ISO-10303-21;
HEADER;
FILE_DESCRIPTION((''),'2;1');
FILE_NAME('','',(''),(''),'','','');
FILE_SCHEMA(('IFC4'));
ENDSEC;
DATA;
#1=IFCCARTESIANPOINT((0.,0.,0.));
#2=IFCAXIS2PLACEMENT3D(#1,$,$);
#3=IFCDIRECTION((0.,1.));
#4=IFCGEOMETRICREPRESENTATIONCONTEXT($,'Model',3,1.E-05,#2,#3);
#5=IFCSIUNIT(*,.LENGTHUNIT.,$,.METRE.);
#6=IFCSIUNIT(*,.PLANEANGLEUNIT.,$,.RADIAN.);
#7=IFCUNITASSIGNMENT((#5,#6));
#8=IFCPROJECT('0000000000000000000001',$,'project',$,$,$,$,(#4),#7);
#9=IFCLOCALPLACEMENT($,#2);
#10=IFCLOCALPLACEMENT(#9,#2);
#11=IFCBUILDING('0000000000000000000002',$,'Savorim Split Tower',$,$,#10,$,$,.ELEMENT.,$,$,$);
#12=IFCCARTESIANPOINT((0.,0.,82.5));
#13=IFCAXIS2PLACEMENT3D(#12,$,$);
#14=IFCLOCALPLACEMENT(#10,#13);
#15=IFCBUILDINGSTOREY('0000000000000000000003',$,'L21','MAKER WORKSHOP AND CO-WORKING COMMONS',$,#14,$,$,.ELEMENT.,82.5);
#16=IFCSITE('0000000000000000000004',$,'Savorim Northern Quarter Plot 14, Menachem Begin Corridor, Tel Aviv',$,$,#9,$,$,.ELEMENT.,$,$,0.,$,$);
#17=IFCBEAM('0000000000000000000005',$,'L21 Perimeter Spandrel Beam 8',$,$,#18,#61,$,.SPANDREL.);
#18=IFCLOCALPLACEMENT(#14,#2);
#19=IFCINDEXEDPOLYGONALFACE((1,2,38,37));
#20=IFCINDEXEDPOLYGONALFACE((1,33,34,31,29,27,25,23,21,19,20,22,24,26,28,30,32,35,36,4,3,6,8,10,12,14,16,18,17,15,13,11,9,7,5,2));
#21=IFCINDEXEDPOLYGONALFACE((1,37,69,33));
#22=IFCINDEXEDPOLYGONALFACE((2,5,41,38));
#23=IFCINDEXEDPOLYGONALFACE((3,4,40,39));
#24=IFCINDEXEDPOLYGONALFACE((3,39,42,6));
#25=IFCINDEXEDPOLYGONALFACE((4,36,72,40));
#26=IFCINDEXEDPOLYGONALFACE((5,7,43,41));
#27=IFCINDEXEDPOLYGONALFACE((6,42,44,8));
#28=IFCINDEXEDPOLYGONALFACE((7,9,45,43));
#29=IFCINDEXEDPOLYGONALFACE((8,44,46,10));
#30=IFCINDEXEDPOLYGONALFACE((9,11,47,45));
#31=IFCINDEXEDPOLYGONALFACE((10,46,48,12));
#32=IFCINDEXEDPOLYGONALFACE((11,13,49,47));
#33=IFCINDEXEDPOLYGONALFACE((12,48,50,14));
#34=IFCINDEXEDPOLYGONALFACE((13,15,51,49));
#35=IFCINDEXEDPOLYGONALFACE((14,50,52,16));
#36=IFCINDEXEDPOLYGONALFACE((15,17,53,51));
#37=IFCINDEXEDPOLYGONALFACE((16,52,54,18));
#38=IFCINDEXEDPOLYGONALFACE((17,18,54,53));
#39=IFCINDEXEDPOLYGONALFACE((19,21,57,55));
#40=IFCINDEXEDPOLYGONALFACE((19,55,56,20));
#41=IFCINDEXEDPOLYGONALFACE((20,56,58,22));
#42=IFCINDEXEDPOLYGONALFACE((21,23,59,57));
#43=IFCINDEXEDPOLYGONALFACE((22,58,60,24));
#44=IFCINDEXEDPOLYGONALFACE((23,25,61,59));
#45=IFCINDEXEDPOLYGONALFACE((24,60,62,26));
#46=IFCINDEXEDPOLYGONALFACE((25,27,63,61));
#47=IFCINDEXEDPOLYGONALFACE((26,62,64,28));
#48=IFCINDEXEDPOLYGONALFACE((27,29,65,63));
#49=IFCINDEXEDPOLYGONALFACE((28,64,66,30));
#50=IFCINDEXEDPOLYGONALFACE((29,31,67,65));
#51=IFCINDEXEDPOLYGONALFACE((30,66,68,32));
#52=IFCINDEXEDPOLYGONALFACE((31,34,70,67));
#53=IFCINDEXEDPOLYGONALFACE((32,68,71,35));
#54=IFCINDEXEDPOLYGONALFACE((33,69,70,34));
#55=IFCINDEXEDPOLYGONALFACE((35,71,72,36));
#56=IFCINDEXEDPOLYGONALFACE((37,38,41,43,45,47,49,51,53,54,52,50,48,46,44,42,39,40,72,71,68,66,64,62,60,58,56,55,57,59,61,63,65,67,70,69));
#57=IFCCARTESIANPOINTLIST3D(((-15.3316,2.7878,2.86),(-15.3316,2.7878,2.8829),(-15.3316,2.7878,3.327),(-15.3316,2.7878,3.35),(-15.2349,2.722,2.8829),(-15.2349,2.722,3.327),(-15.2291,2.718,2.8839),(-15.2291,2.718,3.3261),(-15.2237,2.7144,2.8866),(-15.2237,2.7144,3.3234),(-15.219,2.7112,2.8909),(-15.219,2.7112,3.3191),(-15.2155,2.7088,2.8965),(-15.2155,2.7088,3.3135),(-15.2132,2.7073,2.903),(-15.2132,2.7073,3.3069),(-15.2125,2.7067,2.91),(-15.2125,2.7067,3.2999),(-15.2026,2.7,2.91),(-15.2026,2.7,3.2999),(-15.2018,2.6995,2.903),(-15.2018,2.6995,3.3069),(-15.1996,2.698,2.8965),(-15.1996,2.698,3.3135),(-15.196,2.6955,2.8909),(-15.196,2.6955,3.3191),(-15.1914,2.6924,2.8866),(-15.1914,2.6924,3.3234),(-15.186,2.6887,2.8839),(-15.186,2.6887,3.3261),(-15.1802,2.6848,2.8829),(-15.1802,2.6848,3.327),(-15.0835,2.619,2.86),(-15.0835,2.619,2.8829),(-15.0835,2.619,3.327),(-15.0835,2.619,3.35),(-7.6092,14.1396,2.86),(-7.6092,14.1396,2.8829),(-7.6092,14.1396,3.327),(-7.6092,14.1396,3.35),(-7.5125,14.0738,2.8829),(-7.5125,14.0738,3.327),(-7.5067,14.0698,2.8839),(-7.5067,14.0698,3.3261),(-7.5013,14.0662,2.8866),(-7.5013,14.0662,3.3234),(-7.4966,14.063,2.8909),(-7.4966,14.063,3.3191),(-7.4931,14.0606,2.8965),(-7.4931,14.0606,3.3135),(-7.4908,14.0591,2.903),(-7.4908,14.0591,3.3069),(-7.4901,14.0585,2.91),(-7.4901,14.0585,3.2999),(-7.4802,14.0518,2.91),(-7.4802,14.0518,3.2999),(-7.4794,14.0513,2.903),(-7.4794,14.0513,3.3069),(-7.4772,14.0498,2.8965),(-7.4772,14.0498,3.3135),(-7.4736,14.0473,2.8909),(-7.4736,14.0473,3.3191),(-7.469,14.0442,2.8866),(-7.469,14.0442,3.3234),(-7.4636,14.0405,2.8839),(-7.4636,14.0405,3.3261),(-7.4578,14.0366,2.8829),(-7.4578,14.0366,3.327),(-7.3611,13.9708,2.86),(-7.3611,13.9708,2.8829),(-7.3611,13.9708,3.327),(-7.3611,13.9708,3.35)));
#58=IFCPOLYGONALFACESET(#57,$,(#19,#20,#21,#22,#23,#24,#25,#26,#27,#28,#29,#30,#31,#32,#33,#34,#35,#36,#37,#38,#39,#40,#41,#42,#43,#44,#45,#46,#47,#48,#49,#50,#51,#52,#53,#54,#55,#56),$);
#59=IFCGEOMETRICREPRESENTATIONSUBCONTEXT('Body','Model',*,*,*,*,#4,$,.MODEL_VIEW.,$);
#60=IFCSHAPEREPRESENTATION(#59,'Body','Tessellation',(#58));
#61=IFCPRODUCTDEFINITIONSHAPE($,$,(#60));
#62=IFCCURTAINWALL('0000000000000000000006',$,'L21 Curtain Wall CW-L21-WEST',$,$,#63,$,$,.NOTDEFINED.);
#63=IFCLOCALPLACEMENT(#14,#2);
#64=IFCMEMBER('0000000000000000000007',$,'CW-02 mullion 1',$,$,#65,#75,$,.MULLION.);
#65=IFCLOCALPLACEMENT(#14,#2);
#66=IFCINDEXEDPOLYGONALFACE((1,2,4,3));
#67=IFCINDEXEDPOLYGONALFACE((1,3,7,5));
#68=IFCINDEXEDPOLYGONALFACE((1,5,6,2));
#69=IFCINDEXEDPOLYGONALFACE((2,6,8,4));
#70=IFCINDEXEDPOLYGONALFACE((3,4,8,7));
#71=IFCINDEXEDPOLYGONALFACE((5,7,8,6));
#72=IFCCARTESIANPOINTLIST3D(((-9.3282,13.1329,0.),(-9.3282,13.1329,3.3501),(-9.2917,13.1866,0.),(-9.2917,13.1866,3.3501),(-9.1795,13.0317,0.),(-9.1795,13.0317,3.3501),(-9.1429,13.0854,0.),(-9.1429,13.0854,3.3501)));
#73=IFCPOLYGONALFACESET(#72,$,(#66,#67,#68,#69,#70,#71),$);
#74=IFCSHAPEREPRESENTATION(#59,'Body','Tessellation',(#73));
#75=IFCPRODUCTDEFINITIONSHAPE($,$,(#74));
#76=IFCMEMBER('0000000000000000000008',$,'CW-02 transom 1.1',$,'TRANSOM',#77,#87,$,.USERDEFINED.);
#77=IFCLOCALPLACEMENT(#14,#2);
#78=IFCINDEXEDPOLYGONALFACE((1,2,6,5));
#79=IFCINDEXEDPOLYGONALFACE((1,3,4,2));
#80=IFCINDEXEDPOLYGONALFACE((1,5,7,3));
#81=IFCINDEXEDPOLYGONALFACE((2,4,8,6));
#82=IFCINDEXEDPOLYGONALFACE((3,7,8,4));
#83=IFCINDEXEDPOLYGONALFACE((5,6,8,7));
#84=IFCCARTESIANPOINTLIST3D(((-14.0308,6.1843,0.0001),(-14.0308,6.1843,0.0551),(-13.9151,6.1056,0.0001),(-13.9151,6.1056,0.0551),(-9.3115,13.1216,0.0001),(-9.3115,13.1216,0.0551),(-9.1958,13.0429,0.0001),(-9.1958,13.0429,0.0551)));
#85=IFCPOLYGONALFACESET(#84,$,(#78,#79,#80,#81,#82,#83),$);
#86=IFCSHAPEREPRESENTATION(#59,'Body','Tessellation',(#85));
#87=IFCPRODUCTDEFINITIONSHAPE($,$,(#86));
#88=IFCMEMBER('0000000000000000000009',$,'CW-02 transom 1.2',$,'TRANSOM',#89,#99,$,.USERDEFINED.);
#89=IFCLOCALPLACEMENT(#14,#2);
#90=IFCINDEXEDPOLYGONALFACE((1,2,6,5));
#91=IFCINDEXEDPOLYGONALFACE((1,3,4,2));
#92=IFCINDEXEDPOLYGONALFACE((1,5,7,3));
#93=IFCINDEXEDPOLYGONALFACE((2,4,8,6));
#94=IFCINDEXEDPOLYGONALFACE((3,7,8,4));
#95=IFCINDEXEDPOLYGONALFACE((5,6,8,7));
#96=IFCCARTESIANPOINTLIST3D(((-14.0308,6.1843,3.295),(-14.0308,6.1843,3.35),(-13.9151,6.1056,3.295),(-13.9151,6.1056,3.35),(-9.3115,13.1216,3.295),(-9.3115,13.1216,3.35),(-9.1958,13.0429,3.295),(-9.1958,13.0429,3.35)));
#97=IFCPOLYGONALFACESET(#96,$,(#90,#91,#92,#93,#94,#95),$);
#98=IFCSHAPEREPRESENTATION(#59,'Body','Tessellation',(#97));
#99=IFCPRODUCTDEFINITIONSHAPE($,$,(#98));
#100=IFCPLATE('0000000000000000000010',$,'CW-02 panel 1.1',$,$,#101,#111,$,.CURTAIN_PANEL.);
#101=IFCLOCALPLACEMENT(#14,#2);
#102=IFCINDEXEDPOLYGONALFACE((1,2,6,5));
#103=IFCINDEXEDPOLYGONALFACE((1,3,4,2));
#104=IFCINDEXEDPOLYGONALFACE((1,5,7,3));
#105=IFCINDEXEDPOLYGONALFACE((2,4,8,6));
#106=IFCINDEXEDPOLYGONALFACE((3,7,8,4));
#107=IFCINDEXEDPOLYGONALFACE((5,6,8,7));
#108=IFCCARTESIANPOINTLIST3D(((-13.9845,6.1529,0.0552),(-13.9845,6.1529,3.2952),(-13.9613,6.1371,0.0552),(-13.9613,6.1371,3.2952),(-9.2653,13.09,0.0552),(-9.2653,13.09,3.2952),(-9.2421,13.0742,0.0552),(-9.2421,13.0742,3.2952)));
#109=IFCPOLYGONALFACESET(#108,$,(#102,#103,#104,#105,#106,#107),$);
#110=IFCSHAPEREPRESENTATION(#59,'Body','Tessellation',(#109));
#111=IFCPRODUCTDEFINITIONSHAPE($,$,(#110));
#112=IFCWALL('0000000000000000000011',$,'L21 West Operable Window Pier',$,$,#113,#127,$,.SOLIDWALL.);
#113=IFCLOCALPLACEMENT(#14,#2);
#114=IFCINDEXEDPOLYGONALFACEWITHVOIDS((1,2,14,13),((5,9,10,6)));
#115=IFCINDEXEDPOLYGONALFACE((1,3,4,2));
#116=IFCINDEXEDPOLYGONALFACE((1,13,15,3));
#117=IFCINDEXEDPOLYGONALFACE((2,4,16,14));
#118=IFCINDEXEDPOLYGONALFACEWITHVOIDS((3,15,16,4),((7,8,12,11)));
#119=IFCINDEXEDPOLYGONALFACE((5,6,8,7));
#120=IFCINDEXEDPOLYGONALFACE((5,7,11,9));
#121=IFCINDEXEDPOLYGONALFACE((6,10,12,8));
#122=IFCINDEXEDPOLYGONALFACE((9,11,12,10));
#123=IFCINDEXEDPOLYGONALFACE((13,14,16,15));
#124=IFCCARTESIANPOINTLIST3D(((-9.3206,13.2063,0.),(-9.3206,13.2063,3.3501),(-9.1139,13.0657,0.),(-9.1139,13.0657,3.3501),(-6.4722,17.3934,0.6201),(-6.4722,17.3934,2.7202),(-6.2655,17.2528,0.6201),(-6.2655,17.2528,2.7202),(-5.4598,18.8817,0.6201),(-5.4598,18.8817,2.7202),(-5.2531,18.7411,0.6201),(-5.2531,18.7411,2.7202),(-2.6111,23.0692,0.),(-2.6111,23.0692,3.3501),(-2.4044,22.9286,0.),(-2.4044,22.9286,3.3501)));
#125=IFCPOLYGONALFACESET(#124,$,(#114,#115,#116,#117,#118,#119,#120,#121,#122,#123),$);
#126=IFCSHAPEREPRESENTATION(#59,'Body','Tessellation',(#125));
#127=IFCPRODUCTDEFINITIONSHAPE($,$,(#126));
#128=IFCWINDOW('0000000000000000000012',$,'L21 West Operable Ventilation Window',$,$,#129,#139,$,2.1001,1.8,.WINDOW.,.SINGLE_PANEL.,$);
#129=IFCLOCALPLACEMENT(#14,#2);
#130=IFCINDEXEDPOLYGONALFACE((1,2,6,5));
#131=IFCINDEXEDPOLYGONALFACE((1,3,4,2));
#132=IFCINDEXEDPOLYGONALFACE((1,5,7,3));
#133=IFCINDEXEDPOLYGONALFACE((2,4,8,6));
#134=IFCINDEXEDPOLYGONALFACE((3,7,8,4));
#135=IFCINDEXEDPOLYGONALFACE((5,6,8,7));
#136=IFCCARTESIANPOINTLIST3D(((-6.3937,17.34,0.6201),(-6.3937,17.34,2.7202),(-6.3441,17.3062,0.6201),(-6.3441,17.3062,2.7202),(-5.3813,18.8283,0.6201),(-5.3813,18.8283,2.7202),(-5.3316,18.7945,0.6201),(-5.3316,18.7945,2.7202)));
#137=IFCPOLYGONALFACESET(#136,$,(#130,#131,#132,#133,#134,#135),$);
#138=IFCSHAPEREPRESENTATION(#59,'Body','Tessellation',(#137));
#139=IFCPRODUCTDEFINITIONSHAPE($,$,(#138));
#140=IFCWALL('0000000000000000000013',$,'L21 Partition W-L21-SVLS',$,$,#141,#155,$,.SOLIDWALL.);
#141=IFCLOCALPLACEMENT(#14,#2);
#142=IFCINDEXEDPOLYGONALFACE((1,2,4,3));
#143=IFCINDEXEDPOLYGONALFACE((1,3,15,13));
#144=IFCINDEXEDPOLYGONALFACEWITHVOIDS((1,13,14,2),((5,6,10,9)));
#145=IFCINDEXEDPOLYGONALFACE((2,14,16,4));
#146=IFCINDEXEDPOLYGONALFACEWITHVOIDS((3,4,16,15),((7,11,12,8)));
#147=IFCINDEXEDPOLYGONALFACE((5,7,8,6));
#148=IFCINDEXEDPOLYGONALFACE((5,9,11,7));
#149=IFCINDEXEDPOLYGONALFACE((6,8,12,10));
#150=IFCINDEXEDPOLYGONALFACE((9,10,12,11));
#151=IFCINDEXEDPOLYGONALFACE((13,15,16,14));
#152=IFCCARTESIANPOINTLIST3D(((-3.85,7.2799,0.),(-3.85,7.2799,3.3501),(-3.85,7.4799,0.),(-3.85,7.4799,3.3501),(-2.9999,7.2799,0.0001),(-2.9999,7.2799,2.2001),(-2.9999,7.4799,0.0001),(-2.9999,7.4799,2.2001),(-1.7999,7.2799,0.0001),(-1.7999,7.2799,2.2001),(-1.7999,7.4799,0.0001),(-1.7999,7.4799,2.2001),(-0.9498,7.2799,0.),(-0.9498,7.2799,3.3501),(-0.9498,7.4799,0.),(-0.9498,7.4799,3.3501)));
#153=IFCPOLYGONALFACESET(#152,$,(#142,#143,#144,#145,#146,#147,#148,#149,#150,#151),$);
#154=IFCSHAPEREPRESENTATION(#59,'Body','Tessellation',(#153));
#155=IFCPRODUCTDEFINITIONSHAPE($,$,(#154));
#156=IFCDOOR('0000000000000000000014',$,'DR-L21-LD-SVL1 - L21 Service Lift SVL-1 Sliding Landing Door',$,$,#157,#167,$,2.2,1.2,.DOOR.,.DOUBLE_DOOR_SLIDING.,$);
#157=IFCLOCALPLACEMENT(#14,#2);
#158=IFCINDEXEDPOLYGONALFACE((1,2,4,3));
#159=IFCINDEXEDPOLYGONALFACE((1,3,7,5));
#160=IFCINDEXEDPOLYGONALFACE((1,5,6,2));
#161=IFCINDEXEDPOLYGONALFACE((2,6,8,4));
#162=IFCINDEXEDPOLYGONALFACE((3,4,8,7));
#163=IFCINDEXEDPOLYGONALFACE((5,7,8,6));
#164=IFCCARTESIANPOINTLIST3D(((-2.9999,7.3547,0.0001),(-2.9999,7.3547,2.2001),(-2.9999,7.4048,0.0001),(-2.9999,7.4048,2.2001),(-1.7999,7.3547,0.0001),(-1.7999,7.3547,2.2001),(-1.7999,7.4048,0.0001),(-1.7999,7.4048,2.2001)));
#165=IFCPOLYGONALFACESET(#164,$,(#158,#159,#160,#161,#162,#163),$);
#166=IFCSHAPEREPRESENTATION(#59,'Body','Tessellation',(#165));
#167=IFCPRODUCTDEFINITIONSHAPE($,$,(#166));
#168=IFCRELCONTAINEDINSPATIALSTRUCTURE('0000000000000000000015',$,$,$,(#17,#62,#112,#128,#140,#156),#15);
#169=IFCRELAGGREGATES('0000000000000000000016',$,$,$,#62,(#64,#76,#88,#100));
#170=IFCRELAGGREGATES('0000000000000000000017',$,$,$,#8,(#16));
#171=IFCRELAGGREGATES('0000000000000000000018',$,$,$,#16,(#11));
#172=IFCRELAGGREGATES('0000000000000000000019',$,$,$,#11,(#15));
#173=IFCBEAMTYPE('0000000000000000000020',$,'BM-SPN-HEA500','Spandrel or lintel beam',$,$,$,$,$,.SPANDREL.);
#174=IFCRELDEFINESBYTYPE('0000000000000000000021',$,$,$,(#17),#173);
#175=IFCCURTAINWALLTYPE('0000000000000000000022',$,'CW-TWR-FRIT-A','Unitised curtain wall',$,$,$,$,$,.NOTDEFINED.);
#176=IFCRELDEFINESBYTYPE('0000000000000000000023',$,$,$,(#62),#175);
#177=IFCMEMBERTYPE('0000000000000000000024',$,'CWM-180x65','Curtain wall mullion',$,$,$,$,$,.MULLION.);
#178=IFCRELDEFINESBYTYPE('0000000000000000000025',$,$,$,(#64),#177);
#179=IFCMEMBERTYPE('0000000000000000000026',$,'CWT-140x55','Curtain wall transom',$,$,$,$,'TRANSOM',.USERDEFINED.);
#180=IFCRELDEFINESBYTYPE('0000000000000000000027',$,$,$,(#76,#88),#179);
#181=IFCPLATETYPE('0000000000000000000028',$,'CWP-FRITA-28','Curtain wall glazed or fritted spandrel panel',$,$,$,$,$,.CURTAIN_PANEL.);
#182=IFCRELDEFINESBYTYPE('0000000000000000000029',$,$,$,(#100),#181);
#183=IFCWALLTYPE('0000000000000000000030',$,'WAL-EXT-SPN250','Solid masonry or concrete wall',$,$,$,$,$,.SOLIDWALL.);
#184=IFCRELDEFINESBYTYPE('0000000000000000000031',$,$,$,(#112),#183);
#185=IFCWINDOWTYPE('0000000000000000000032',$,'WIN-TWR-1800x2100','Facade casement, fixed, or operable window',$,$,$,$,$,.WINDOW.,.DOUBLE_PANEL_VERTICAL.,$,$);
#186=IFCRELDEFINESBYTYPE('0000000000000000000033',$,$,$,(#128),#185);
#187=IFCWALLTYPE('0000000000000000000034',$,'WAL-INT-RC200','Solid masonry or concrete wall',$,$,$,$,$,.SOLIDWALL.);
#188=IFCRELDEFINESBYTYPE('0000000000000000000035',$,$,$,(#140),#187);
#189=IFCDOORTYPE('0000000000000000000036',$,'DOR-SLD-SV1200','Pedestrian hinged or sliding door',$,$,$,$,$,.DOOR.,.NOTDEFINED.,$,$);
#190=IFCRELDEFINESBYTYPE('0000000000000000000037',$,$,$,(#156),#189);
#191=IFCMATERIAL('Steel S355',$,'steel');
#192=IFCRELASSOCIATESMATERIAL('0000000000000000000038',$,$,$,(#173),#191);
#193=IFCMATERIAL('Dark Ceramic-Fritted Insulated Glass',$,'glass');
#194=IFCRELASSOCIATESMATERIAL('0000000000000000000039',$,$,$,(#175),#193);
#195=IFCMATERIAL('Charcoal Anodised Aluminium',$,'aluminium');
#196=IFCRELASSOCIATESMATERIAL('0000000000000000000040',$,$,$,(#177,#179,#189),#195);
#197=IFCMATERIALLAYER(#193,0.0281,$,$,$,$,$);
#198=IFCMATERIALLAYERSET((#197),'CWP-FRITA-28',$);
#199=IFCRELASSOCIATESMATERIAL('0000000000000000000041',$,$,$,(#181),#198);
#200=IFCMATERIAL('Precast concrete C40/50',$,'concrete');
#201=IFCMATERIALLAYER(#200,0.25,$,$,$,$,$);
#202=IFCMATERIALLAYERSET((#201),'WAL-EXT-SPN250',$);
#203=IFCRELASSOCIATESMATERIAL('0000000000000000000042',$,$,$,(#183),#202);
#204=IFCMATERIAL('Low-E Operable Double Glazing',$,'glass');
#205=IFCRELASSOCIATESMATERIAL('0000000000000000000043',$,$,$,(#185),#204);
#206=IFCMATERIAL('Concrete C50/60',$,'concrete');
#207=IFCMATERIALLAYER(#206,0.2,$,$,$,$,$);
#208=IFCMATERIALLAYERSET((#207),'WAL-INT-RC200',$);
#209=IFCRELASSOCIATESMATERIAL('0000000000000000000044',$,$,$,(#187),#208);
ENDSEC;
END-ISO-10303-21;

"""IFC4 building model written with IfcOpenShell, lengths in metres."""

from ifc_helpers import new_model, si_unit, direction, frame, frame_2d, origin, origin_2d, place, context, subcontext, project, spatial, rectangle, i_section, extrude, material, layer, layer_set, material_profile, profile_set, type_object, element, fill, aggregate, save


model = new_model("IFC4")

# Units and contexts
model_context = context("Model", 3, precision=1e-05, world=origin(), true_north=direction((0.0, 1.0)))
body_context = subcontext(model_context, "Body", "Model", "MODEL_VIEW")
ifc_project = project(units=[si_unit("LENGTHUNIT", "METRE"), si_unit("PLANEANGLEUNIT", "RADIAN")], contexts=[model_context])

# Site, building, storey
site_placement = place(None, origin())
site = spatial("IfcSite", under=ifc_project, at=site_placement, Name="Savorim Northern Quarter Plot 14, Menachem Begin Corridor, Tel Aviv", CompositionType="ELEMENT", RefElevation=0.0)
building_placement = place(site_placement, origin())
building = spatial("IfcBuilding", under=site, at=building_placement, Name="Savorim Split Tower", CompositionType="ELEMENT")
storey_placement = place(building_placement, frame((0.0, 0.0, 82.5)))
storey = spatial("IfcBuildingStorey", under=building, at=storey_placement, Name="L21", Description="MAKER WORKSHOP AND CO-WORKING COMMONS", CompositionType="ELEMENT", Elevation=82.5)

# Beam
ifc_material_1 = material(Name="Steel S355", Category="steel")
ifc_material_profile_1 = material_profile(ifc_material_1, i_section(OverallWidth=0.3, OverallDepth=0.49, WebThickness=0.012, FlangeThickness=0.0229, FilletRadius=0.0271, at=origin_2d()), Name="HEA 500")
ifc_profile_set_1 = profile_set([ifc_material_profile_1], Name="Steel S355")
beam_type_1 = type_object("IfcBeamType", Name="BM-SPN-HEA500", Description="Spandrel or lintel beam", PredefinedType="SPANDREL", material=ifc_profile_set_1)
beam_1_placement = place(storey_placement, frame((-7.4851, 14.0552, 3.105), z_axis=(-0.562469, -0.826819, 0.0), x_axis=(0.826819, -0.562469, 0.0)))
element("IfcBeam", 1, at=beam_1_placement, inside=storey, type_object=beam_type_1, Name="L21 Perimeter Spandrel Beam 8", PredefinedType="SPANDREL", context=body_context, shape_type="SweptSolid", body=[
    extrude(i_section(OverallWidth=0.3, OverallDepth=0.49, WebThickness=0.012, FlangeThickness=0.0229, FilletRadius=0.0271, at=origin_2d()), origin(), (0.0, 0.0, 1.0), 13.7295),
])

# Curtain wall, members, plate
ifc_material_2 = material(Name="Dark Ceramic-Fritted Insulated Glass", Category="glass")
curtain_wall_type = type_object("IfcCurtainWallType", Name="CW-TWR-FRIT-A", Description="Unitised curtain wall", PredefinedType="NOTDEFINED", material=ifc_material_2)
curtain_wall_placement = place(storey_placement, origin())
curtain_wall = element("IfcCurtainWall", 2, at=curtain_wall_placement, inside=storey, type_object=curtain_wall_type, Name="L21 Curtain Wall CW-L21-WEST", PredefinedType="NOTDEFINED")
ifc_material_3 = material(Name="Charcoal Anodised Aluminium", Category="aluminium")
ifc_material_profile_2 = material_profile(ifc_material_3, rectangle(XDim=0.1799, YDim=0.0649, at=origin_2d()), Name="ALU-M 180x65")
ifc_profile_set_2 = profile_set([ifc_material_profile_2], Name="Charcoal Anodised Aluminium")
member_type_1 = type_object("IfcMemberType", Name="CWM-180x65", Description="Curtain wall mullion", PredefinedType="MULLION", material=ifc_profile_set_2)
member_1_placement = place(storey_placement, frame((-9.2356, 13.1091, 0.0), z_axis=(0.0, 0.0, 1.0), x_axis=(0.826819, -0.562468, 0.0)))
member_1 = element("IfcMember", 3, at=member_1_placement, type_object=member_type_1, Name="CW-02 mullion 1", PredefinedType="MULLION", context=body_context, shape_type="SweptSolid", body=[
    extrude(rectangle(XDim=0.1799, YDim=0.0649, at=origin_2d()), origin(), (0.0, 0.0, 1.0), 3.3501),
])
ifc_material_profile_3 = material_profile(ifc_material_3, rectangle(XDim=0.1399, YDim=0.0549, at=origin_2d()), Name="ALU-T 140x55")
ifc_profile_set_3 = profile_set([ifc_material_profile_3], Name="Charcoal Anodised Aluminium")
member_type_2 = type_object("IfcMemberType", Name="CWT-140x55", Description="Curtain wall transom", ElementType="TRANSOM", PredefinedType="USERDEFINED", material=ifc_profile_set_3)
member_2_placement = place(storey_placement, frame((-9.2537, 13.0823, 0.0276), z_axis=(-0.562465, -0.826821, 0.0), x_axis=(0.826821, -0.562465, 0.0)))
member_2 = element("IfcMember", 4, at=member_2_placement, type_object=member_type_2, Name="CW-02 transom 1.1", ObjectType="TRANSOM", PredefinedType="USERDEFINED", context=body_context, shape_type="SweptSolid", body=[
    extrude(rectangle(XDim=0.1399, YDim=0.0549, at=origin_2d()), origin(), (0.0, 0.0, 1.0), 8.3904),
])
member_3_placement = place(storey_placement, frame((-9.2537, 13.0823, 3.3225), z_axis=(-0.562465, -0.826821, 0.0), x_axis=(0.826821, -0.562465, 0.0)))
member_3 = element("IfcMember", 5, at=member_3_placement, type_object=member_type_2, Name="CW-02 transom 1.2", ObjectType="TRANSOM", PredefinedType="USERDEFINED", context=body_context, shape_type="SweptSolid", body=[
    extrude(rectangle(XDim=0.1399, YDim=0.0549, at=origin_2d()), origin(), (0.0, 0.0, 1.0), 8.3904),
])
ifc_layer_1 = layer(ifc_material_2, 0.0281)
ifc_layer_set_1 = layer_set([ifc_layer_1], Name="CWP-FRITA-28")
plate_type = type_object("IfcPlateType", Name="CWP-FRITA-28", Description="Curtain wall glazed or fritted spandrel panel", PredefinedType="CURTAIN_PANEL", material=ifc_layer_set_1)
plate_placement = place(storey_placement, frame((-11.6133, 9.6135, 0.0552), z_axis=(0.0, 0.0, 1.0), x_axis=(-0.562468, -0.826819, 0.0)))
plate = element("IfcPlate", 6, at=plate_placement, type_object=plate_type, Name="CW-02 panel 1.1", PredefinedType="CURTAIN_PANEL", context=body_context, shape_type="SweptSolid", body=[
    extrude(rectangle(XDim=8.3901, YDim=0.0281, at=origin_2d()), origin(), (0.0, 0.0, 1.0), 3.24),
])
aggregate(curtain_wall, [member_1, member_2, member_3, plate])

# Shared definitions
ifc_material_4 = material(Name="Precast concrete C40/50", Category="concrete")

# Wall, opening, window
ifc_layer_2 = layer(ifc_material_4, 0.25)
ifc_layer_set_2 = layer_set([ifc_layer_2], Name="WAL-EXT-SPN250")
wall_type_1 = type_object("IfcWallType", Name="WAL-EXT-SPN250", Description="Solid masonry or concrete wall", PredefinedType="SOLIDWALL", material=ifc_layer_set_2)
wall_1_placement = place(storey_placement, frame((-9.2173, 13.136, 0.0), z_axis=(0.0, 0.0, 1.0), x_axis=(0.562469, 0.826818, 0.0)))
wall_1 = element("IfcWall", 7, at=wall_1_placement, inside=storey, type_object=wall_type_1, Name="L21 West Operable Window Pier", PredefinedType="SOLIDWALL", context=body_context, shape_type="SweptSolid", body=[
    extrude(rectangle(XDim=11.9287, YDim=0.25, at=frame_2d((5.9644, 0.0))), origin(), (0.0, 0.0, 1.0), 3.3501),
])
opening_1_placement = place(wall_1_placement, frame((5.0642, 0.0, 0.6201)))
opening_1 = element("IfcOpeningElement", 8, at=opening_1_placement, cuts=wall_1, PredefinedType="OPENING", context=body_context, shape_type="SweptSolid", body=[
    extrude(rectangle(XDim=1.8, YDim=2.1001, at=frame_2d((0.8999, 1.05))), frame((0.0, 0.135, 0.0), z_axis=(0.0, -1.0, 0.0), x_axis=(1.0, 0.0, 0.0)), (0.0, 0.0, 1.0), 0.27),
])
ifc_material_5 = material(Name="Low-E Operable Double Glazing", Category="glass")
window_type = type_object("IfcWindowType", Name="WIN-TWR-1800x2100", Description="Facade casement, fixed, or operable window", PartitioningType="DOUBLE_PANEL_VERTICAL", PredefinedType="WINDOW", material=ifc_material_5)
window_placement = place(opening_1_placement, origin())
window = element("IfcWindow", 9, at=window_placement, inside=storey, type_object=window_type, Name="L21 West Operable Ventilation Window", OverallHeight=2.1001, OverallWidth=1.8, PartitioningType="SINGLE_PANEL", PredefinedType="WINDOW", context=body_context, shape_type="SweptSolid", body=[
    extrude(rectangle(XDim=1.8, YDim=2.1001, at=frame_2d((0.8999, 1.05))), frame((0.0, 0.03, 0.0), z_axis=(0.0, -1.0, 0.0), x_axis=(1.0, 0.0, 0.0)), (0.0, 0.0, 1.0), 0.0601),
])
fill(opening_1, window)

# Wall, opening, door
ifc_material_6 = material(Name="Concrete C50/60", Category="concrete")
ifc_layer_3 = layer(ifc_material_6, 0.2)
ifc_layer_set_3 = layer_set([ifc_layer_3], Name="WAL-INT-RC200")
wall_type_2 = type_object("IfcWallType", Name="WAL-INT-RC200", Description="Solid masonry or concrete wall", PredefinedType="SOLIDWALL", material=ifc_layer_set_3)
wall_2_placement = place(storey_placement, frame((-3.8501, 7.3799, 0.0), z_axis=(0.0, 0.0, 1.0), x_axis=(1.0, 0.0, 0.0)))
wall_2 = element("IfcWall", 10, at=wall_2_placement, inside=storey, type_object=wall_type_2, Name="L21 Partition W-L21-SVLS", PredefinedType="SOLIDWALL", context=body_context, shape_type="SweptSolid", body=[
    extrude(rectangle(XDim=2.9001, YDim=0.2, at=frame_2d((1.4502, 0.0))), origin(), (0.0, 0.0, 1.0), 3.3501),
])
opening_2_placement = place(wall_2_placement, frame((0.8501, 0.0, 0.0)))
opening_2 = element("IfcOpeningElement", 11, at=opening_2_placement, cuts=wall_2, PredefinedType="OPENING", context=body_context, shape_type="SweptSolid", body=[
    extrude(rectangle(XDim=1.2, YDim=2.2, at=frame_2d((0.6001, 1.1001))), frame((0.0, 0.1099, 0.0), z_axis=(0.0, -1.0, 0.0), x_axis=(1.0, 0.0, 0.0)), (0.0, 0.0, 1.0), 0.22),
])
door_type_1 = type_object("IfcDoorType", Name="DOR-SLD-SV1200", Description="Pedestrian hinged or sliding door", OperationType="NOTDEFINED", PredefinedType="DOOR", material=ifc_material_3)
door_1_placement = place(opening_2_placement, origin())
door_1 = element("IfcDoor", 12, at=door_1_placement, inside=storey, type_object=door_type_1, Name="DR-L21-LD-SVL1 - L21 Service Lift SVL-1 Sliding Landing Door", OperationType="DOUBLE_DOOR_SLIDING", OverallHeight=2.2, OverallWidth=1.2, PredefinedType="DOOR", context=body_context, shape_type="SweptSolid", body=[
    extrude(rectangle(XDim=1.2, YDim=2.2, at=frame_2d((0.6001, 1.1001))), frame((0.0, 0.0249, 0.0), z_axis=(0.0, -1.0, 0.0), x_axis=(1.0, 0.0, 0.0)), (0.0, 0.0, 1.0), 0.05),
])
fill(opening_2, door_1)

save(model, "model.ifc")
